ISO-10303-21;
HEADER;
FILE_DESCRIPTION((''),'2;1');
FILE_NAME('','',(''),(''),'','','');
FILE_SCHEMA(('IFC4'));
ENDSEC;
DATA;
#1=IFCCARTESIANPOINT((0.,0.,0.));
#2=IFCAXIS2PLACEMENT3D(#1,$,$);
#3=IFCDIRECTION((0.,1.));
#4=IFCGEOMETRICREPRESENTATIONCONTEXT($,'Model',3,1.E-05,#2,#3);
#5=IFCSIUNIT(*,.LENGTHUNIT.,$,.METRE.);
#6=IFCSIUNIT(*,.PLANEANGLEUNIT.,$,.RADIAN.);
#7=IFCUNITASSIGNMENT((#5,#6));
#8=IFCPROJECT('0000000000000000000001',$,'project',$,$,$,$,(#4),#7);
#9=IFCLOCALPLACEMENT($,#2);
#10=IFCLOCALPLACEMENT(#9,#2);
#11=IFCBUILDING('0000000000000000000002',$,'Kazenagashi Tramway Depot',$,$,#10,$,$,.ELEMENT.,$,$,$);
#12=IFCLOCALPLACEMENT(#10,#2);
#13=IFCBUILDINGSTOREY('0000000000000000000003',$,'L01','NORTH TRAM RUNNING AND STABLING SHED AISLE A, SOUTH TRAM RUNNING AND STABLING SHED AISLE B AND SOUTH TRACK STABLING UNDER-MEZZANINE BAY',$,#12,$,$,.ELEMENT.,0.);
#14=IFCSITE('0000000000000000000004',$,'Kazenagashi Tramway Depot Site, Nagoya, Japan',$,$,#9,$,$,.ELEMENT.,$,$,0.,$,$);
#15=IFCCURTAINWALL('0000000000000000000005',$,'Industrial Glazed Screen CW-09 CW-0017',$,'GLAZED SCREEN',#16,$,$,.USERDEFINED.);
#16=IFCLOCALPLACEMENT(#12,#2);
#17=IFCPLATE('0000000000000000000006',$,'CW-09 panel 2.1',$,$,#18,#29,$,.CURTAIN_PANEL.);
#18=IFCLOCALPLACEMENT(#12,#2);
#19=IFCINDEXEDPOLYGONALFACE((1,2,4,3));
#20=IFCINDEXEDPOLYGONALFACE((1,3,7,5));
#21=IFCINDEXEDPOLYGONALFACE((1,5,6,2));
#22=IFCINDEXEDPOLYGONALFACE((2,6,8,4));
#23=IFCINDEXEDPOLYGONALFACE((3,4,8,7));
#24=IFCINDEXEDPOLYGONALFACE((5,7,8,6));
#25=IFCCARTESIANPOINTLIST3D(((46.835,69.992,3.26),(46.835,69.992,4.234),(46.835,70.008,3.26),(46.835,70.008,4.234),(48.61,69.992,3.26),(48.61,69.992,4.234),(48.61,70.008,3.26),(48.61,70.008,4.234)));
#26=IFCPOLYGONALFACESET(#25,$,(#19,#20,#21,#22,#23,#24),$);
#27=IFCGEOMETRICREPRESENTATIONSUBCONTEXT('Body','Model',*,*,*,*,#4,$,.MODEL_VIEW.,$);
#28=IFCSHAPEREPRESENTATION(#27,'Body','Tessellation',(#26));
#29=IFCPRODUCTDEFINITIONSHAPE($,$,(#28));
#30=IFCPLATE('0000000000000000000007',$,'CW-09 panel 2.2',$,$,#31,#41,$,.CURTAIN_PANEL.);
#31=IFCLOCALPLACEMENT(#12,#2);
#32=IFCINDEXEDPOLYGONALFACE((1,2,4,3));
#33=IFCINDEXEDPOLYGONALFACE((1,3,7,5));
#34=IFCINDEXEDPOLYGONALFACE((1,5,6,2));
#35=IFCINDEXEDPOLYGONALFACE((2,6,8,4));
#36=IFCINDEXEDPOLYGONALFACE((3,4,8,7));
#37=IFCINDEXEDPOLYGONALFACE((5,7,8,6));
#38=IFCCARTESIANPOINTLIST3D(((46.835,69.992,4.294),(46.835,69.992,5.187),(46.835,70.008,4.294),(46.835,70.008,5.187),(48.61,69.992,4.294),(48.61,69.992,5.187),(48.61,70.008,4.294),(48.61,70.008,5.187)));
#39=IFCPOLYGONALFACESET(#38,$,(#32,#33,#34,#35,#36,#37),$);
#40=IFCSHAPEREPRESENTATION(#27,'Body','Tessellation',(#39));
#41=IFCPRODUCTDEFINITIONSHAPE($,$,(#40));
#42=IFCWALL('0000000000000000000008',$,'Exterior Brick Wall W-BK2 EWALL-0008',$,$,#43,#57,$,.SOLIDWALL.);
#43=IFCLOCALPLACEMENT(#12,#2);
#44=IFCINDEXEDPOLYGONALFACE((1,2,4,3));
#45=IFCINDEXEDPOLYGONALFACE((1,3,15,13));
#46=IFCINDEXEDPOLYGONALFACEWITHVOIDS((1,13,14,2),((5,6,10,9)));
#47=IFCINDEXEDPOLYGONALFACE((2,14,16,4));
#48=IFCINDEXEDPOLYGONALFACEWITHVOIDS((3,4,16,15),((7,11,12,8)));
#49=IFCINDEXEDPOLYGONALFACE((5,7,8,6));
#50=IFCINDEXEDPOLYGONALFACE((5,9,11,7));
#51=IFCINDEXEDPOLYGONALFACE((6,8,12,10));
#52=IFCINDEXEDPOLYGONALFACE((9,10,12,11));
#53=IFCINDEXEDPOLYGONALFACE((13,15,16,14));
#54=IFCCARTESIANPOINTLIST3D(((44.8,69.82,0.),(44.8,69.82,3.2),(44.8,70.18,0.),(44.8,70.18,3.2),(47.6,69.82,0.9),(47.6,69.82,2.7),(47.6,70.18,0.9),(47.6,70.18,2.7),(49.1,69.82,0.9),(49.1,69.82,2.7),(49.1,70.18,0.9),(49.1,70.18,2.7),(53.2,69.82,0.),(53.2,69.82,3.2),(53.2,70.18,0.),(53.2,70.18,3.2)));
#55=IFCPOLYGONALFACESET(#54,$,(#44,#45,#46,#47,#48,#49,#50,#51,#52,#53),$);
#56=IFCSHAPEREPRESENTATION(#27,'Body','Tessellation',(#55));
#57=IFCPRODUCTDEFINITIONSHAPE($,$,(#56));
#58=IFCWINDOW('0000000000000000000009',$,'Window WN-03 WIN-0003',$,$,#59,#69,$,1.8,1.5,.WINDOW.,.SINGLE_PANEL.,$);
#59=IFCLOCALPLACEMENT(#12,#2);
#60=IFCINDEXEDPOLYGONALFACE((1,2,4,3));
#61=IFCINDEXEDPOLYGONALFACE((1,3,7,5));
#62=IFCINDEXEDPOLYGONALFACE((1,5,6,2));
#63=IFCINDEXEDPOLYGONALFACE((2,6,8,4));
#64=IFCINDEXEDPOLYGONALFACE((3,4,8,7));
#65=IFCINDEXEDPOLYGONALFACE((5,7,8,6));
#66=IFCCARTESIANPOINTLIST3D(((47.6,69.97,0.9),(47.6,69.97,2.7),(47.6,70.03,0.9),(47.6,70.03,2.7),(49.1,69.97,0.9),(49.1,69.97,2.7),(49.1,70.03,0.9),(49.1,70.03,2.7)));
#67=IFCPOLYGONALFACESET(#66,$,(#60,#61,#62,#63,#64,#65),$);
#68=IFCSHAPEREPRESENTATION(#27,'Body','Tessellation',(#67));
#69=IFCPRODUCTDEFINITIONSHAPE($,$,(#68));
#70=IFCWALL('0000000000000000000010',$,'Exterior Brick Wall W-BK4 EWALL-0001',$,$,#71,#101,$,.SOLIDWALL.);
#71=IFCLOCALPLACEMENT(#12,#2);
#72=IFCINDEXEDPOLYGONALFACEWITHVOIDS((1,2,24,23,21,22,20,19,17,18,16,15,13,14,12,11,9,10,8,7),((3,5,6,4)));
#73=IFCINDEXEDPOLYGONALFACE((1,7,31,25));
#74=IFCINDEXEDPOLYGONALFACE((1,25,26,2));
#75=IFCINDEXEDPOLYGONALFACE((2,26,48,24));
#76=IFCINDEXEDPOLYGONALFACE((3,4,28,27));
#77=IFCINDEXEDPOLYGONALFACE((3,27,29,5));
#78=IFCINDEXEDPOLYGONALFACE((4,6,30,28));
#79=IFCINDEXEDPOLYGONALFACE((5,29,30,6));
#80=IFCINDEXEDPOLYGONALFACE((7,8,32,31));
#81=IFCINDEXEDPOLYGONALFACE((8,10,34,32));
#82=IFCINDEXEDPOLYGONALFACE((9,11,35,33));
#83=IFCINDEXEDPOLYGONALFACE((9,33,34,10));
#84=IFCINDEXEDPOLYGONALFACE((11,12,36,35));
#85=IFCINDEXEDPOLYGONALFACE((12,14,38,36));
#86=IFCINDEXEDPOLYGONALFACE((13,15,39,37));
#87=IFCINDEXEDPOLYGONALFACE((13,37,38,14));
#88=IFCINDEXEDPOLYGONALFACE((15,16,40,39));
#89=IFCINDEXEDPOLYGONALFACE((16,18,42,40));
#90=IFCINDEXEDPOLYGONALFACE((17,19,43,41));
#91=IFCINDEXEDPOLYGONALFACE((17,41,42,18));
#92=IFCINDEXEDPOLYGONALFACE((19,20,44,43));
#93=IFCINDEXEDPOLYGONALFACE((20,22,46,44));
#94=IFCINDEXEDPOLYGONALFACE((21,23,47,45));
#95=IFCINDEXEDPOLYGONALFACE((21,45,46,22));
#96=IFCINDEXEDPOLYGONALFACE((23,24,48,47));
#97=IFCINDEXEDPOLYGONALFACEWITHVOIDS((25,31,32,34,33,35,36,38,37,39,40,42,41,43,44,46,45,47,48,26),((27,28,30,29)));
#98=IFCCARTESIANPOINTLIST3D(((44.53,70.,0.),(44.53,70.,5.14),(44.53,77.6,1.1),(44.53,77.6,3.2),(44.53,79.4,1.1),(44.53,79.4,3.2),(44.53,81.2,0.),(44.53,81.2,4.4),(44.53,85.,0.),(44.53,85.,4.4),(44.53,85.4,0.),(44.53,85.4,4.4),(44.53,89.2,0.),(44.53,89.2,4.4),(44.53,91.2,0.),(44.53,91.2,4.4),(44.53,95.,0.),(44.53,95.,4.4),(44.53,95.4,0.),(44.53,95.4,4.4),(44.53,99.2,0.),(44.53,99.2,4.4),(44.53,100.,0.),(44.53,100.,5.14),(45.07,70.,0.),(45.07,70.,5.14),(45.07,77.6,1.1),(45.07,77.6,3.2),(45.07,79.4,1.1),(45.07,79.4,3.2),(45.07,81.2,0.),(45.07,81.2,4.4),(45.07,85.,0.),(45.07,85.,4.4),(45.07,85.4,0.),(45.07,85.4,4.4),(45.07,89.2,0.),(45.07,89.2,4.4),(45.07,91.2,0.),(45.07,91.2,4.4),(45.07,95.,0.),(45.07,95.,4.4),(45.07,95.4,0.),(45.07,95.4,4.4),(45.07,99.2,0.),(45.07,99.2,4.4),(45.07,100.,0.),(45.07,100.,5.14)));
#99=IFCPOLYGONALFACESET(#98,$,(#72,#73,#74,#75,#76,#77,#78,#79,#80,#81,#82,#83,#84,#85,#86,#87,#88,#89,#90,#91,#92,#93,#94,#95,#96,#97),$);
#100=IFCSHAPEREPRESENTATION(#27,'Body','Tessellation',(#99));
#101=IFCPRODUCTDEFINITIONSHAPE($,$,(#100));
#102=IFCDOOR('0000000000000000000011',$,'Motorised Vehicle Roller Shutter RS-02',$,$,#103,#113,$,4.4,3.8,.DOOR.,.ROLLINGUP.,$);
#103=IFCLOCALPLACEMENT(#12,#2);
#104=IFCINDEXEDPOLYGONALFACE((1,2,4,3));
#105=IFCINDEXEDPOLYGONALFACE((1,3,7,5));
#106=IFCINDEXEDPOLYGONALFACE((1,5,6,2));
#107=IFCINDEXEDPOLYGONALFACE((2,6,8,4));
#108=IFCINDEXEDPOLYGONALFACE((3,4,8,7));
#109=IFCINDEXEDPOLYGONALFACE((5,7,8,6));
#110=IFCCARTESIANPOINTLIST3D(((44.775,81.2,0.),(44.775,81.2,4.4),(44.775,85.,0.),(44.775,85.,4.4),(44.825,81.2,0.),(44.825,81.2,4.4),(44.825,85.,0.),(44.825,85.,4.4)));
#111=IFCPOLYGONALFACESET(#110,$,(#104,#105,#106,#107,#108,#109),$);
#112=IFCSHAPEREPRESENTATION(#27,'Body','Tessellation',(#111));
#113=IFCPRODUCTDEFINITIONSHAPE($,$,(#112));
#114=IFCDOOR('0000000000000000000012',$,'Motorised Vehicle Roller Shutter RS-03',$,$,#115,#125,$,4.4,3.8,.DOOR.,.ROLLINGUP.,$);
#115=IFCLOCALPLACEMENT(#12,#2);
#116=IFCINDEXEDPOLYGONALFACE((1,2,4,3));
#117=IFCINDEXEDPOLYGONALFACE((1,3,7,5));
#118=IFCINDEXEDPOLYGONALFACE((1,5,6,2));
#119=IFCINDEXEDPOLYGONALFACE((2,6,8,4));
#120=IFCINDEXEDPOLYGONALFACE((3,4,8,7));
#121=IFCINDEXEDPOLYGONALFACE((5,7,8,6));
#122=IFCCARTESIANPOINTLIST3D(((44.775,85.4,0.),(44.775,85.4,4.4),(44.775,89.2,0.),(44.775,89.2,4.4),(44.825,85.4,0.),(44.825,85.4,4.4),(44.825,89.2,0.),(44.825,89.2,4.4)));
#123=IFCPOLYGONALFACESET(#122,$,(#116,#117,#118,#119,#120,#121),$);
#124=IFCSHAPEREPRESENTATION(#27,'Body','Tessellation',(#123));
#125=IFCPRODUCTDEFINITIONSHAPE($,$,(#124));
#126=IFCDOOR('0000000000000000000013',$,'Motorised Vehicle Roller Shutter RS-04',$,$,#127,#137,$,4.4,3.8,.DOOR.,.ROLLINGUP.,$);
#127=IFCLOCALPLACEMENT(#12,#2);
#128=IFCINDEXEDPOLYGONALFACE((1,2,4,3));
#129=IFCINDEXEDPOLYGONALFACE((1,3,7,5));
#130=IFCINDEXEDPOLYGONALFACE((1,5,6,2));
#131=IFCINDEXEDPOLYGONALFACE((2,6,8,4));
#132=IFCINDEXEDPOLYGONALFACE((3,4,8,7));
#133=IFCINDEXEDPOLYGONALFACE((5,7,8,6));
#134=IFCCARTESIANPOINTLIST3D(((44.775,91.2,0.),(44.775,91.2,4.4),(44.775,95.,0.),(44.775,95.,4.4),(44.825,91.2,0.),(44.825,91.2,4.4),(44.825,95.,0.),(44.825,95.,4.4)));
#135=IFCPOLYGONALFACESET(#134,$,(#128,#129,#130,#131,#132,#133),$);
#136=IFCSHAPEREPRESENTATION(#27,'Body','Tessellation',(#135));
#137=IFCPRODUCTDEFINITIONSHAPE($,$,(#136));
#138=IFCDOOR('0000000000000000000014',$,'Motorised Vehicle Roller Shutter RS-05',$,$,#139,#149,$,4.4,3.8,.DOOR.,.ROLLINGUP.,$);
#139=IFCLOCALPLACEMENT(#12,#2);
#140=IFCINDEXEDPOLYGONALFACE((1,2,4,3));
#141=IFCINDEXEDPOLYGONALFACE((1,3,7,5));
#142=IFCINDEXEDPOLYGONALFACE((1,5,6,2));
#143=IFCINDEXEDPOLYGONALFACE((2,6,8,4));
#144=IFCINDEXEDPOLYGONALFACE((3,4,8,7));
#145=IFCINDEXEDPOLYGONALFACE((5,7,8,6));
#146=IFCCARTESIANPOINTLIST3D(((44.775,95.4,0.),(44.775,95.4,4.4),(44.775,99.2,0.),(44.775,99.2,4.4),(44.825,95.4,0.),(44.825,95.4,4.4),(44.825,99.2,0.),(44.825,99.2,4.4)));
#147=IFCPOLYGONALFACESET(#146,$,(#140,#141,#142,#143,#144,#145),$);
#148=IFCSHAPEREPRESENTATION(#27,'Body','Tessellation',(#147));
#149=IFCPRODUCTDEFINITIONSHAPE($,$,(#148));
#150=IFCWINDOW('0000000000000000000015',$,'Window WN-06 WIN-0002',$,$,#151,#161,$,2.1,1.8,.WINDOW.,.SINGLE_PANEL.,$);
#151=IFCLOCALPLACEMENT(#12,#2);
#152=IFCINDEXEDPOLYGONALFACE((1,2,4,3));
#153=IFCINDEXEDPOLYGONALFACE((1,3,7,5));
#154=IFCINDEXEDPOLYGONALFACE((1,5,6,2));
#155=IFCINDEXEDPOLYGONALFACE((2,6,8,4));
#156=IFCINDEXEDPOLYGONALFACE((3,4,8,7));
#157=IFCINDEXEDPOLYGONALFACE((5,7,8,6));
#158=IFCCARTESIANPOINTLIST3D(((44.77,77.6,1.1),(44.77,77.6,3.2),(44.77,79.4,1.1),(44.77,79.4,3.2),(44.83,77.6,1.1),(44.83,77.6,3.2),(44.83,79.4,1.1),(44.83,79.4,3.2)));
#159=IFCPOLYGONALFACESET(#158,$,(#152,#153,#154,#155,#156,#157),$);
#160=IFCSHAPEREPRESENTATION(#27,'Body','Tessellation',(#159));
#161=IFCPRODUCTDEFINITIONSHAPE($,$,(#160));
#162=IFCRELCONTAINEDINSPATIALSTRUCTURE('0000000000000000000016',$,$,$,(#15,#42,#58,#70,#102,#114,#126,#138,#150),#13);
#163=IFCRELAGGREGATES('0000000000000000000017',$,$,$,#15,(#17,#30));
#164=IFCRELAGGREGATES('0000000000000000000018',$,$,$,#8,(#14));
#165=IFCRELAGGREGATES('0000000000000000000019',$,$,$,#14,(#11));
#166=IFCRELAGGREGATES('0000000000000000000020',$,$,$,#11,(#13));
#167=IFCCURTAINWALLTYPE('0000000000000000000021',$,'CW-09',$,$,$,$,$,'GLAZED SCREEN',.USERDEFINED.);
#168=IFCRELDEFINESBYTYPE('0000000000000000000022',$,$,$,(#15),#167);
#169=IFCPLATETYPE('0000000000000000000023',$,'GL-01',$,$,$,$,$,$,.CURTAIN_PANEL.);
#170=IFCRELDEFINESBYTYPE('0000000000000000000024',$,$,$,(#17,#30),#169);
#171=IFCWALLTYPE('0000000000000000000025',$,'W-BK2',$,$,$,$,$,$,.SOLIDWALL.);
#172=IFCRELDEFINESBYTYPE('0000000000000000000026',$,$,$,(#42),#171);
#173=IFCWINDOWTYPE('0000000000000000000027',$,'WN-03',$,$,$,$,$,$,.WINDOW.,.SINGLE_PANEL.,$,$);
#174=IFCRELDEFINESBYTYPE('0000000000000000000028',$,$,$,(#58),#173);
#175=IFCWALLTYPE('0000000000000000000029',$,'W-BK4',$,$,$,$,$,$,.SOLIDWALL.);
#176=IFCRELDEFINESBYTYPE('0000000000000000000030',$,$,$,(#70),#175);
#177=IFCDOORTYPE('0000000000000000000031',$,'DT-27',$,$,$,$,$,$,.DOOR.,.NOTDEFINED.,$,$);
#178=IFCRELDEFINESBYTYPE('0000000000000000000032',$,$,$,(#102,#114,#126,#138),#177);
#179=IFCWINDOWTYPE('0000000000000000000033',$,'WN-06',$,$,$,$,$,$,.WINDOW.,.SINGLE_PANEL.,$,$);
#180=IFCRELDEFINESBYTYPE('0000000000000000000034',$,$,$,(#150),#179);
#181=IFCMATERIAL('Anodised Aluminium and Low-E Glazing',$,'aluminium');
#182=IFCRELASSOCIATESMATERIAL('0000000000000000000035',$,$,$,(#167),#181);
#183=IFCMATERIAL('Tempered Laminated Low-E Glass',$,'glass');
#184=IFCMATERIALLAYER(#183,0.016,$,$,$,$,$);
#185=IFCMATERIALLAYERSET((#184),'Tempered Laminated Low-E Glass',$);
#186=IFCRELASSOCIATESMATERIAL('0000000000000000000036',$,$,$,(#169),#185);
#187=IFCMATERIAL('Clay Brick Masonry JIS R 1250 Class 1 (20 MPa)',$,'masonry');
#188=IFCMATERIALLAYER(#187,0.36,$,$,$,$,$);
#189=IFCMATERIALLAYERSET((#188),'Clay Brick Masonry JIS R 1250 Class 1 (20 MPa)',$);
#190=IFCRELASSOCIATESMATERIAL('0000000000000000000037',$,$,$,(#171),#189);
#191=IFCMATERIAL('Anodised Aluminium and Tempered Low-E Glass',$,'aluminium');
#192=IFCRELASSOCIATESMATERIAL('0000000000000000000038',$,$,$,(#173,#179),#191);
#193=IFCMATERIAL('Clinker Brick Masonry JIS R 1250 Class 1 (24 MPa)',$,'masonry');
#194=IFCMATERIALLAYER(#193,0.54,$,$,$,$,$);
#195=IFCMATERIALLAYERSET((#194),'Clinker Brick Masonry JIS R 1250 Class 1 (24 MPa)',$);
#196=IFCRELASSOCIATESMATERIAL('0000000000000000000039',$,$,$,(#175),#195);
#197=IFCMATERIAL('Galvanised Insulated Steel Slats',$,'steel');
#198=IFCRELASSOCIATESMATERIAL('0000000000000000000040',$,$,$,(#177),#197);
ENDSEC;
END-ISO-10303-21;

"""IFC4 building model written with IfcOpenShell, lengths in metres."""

from ifc_helpers import new_model, si_unit, direction, frame, frame_2d, origin, origin_2d, place, context, subcontext, project, spatial, rectangle, extrude, material, layer, layer_set, type_object, element, fill, aggregate, save


model = new_model("IFC4")

# Units and contexts
model_context = context("Model", 3, precision=1e-05, world=origin(), true_north=direction((0.0, 1.0)))
body_context = subcontext(model_context, "Body", "Model", "MODEL_VIEW")
ifc_project = project(units=[si_unit("LENGTHUNIT", "METRE"), si_unit("PLANEANGLEUNIT", "RADIAN")], contexts=[model_context])

# Site, building, storey
site_placement = place(None, origin())
site = spatial("IfcSite", under=ifc_project, at=site_placement, Name="Kazenagashi Tramway Depot Site, Nagoya, Japan", CompositionType="ELEMENT", RefElevation=0.0)
building_placement = place(site_placement, origin())
building = spatial("IfcBuilding", under=site, at=building_placement, Name="Kazenagashi Tramway Depot", CompositionType="ELEMENT")
storey_placement = place(building_placement, origin())
storey = spatial("IfcBuildingStorey", under=building, at=storey_placement, Name="L01", Description="NORTH TRAM RUNNING AND STABLING SHED AISLE A, SOUTH TRAM RUNNING AND STABLING SHED AISLE B AND SOUTH TRACK STABLING UNDER-MEZZANINE BAY", CompositionType="ELEMENT", Elevation=0.0)

# Curtain wall, plates
ifc_material_1 = material(Name="Anodised Aluminium and Low-E Glazing", Category="aluminium")
curtain_wall_type = type_object("IfcCurtainWallType", Name="CW-09", ElementType="GLAZED SCREEN", PredefinedType="USERDEFINED", material=ifc_material_1)
curtain_wall_placement = place(storey_placement, origin())
curtain_wall = element("IfcCurtainWall", 1, at=curtain_wall_placement, inside=storey, type_object=curtain_wall_type, Name="Industrial Glazed Screen CW-09 CW-0017", ObjectType="GLAZED SCREEN", PredefinedType="USERDEFINED")
ifc_material_2 = material(Name="Tempered Laminated Low-E Glass", Category="glass")
ifc_layer_1 = layer(ifc_material_2, 0.016)
ifc_layer_set_1 = layer_set([ifc_layer_1], Name="Tempered Laminated Low-E Glass")
plate_type = type_object("IfcPlateType", Name="GL-01", PredefinedType="CURTAIN_PANEL", material=ifc_layer_set_1)
plate_1_placement = place(storey_placement, frame((47.7225, 70.0, 3.26), z_axis=(0.0, 0.0, 1.0), x_axis=(1.0, 0.0, 0.0)))
plate_1 = element("IfcPlate", 2, at=plate_1_placement, type_object=plate_type, Name="CW-09 panel 2.1", PredefinedType="CURTAIN_PANEL", context=body_context, shape_type="SweptSolid", body=[
    extrude(rectangle(XDim=1.775, YDim=0.016, at=origin_2d()), origin(), (0.0, 0.0, 1.0), 0.974),
])
plate_2_placement = place(storey_placement, frame((47.7225, 70.0, 4.294), z_axis=(0.0, 0.0, 1.0), x_axis=(1.0, 0.0, 0.0)))
plate_2 = element("IfcPlate", 3, at=plate_2_placement, type_object=plate_type, Name="CW-09 panel 2.2", PredefinedType="CURTAIN_PANEL", context=body_context, shape_type="SweptSolid", body=[
    extrude(rectangle(XDim=1.775, YDim=0.016, at=origin_2d()), origin(), (0.0, 0.0, 1.0), 0.893),
])
aggregate(curtain_wall, [plate_1, plate_2])

# Wall, opening, window
ifc_material_3 = material(Name="Clay Brick Masonry JIS R 1250 Class 1 (20 MPa)", Category="masonry")
ifc_layer_2 = layer(ifc_material_3, 0.36)
ifc_layer_set_2 = layer_set([ifc_layer_2], Name="Clay Brick Masonry JIS R 1250 Class 1 (20 MPa)")
wall_type_1 = type_object("IfcWallType", Name="W-BK2", PredefinedType="SOLIDWALL", material=ifc_layer_set_2)
wall_1_placement = place(storey_placement, frame((44.8, 70.0, 0.0), z_axis=(0.0, 0.0, 1.0), x_axis=(1.0, 0.0, 0.0)))
wall_1 = element("IfcWall", 4, at=wall_1_placement, inside=storey, type_object=wall_type_1, Name="Exterior Brick Wall W-BK2 EWALL-0008", PredefinedType="SOLIDWALL", context=body_context, shape_type="SweptSolid", body=[
    extrude(rectangle(XDim=8.4, YDim=0.36, at=frame_2d((4.2, 0.0))), origin(), (0.0, 0.0, 1.0), 3.2),
])
opening_1_placement = place(wall_1_placement, frame((2.8, 0.0, 0.9)))
opening_1 = element("IfcOpeningElement", 5, at=opening_1_placement, cuts=wall_1, PredefinedType="OPENING", context=body_context, shape_type="SweptSolid", body=[
    extrude(rectangle(XDim=1.5, YDim=1.8, at=frame_2d((0.75, 0.9))), frame((0.0, 0.19, 0.0), z_axis=(0.0, -1.0, 0.0), x_axis=(1.0, 0.0, 0.0)), (0.0, 0.0, 1.0), 0.38),
])
ifc_material_4 = material(Name="Anodised Aluminium and Tempered Low-E Glass", Category="aluminium")
window_type_1 = type_object("IfcWindowType", Name="WN-03", PartitioningType="SINGLE_PANEL", PredefinedType="WINDOW", material=ifc_material_4)
window_1_placement = place(opening_1_placement, origin())
window_1 = element("IfcWindow", 6, at=window_1_placement, inside=storey, type_object=window_type_1, Name="Window WN-03 WIN-0003", OverallHeight=1.8, OverallWidth=1.5, PartitioningType="SINGLE_PANEL", PredefinedType="WINDOW", context=body_context, shape_type="SweptSolid", body=[
    extrude(rectangle(XDim=1.5, YDim=1.8, at=frame_2d((0.75, 0.9))), frame((0.0, 0.03, 0.0), z_axis=(0.0, -1.0, 0.0), x_axis=(1.0, 0.0, 0.0)), (0.0, 0.0, 1.0), 0.06),
])
fill(opening_1, window_1)

# Wall, openings, doors, window
ifc_material_5 = material(Name="Clinker Brick Masonry JIS R 1250 Class 1 (24 MPa)", Category="masonry")
ifc_layer_3 = layer(ifc_material_5, 0.54)
ifc_layer_set_3 = layer_set([ifc_layer_3], Name="Clinker Brick Masonry JIS R 1250 Class 1 (24 MPa)")
wall_type_2 = type_object("IfcWallType", Name="W-BK4", PredefinedType="SOLIDWALL", material=ifc_layer_set_3)
wall_2_placement = place(storey_placement, frame((44.8, 70.0, 0.0), z_axis=(0.0, 0.0, 1.0), x_axis=(0.0, 1.0, 0.0)))
wall_2 = element("IfcWall", 7, at=wall_2_placement, inside=storey, type_object=wall_type_2, Name="Exterior Brick Wall W-BK4 EWALL-0001", PredefinedType="SOLIDWALL", context=body_context, shape_type="SweptSolid", body=[
    extrude(rectangle(XDim=30.0, YDim=0.54, at=frame_2d((15.0, 0.0))), origin(), (0.0, 0.0, 1.0), 5.14),
])
opening_2_placement = place(wall_2_placement, frame((7.6, 0.0, 1.1)))
opening_2 = element("IfcOpeningElement", 8, at=opening_2_placement, cuts=wall_2, PredefinedType="OPENING", context=body_context, shape_type="SweptSolid", body=[
    extrude(rectangle(XDim=1.8, YDim=2.1, at=frame_2d((0.9, 1.05))), frame((0.0, 0.28, 0.0), z_axis=(0.0, -1.0, 0.0), x_axis=(1.0, 0.0, 0.0)), (0.0, 0.0, 1.0), 0.56),
])
opening_3_placement = place(wall_2_placement, frame((11.2, 0.0, 0.0)))
opening_3 = element("IfcOpeningElement", 9, at=opening_3_placement, cuts=wall_2, PredefinedType="OPENING", context=body_context, shape_type="SweptSolid", body=[
    extrude(rectangle(XDim=3.8, YDim=4.4, at=frame_2d((1.9, 2.2))), frame((0.0, 0.28, 0.0), z_axis=(0.0, -1.0, 0.0), x_axis=(1.0, 0.0, 0.0)), (0.0, 0.0, 1.0), 0.56),
])
opening_4_placement = place(wall_2_placement, frame((15.4, 0.0, 0.0)))
opening_4 = element("IfcOpeningElement", 10, at=opening_4_placement, cuts=wall_2, PredefinedType="OPENING", context=body_context, shape_type="SweptSolid", body=[
    extrude(rectangle(XDim=3.8, YDim=4.4, at=frame_2d((1.9, 2.2))), frame((0.0, 0.28, 0.0), z_axis=(0.0, -1.0, 0.0), x_axis=(1.0, 0.0, 0.0)), (0.0, 0.0, 1.0), 0.56),
])
opening_5_placement = place(wall_2_placement, frame((21.2, 0.0, 0.0)))
opening_5 = element("IfcOpeningElement", 11, at=opening_5_placement, cuts=wall_2, PredefinedType="OPENING", context=body_context, shape_type="SweptSolid", body=[
    extrude(rectangle(XDim=3.8, YDim=4.4, at=frame_2d((1.9, 2.2))), frame((0.0, 0.28, 0.0), z_axis=(0.0, -1.0, 0.0), x_axis=(1.0, 0.0, 0.0)), (0.0, 0.0, 1.0), 0.56),
])
opening_6_placement = place(wall_2_placement, frame((25.4, 0.0, 0.0)))
opening_6 = element("IfcOpeningElement", 12, at=opening_6_placement, cuts=wall_2, PredefinedType="OPENING", context=body_context, shape_type="SweptSolid", body=[
    extrude(rectangle(XDim=3.8, YDim=4.4, at=frame_2d((1.9, 2.2))), frame((0.0, 0.28, 0.0), z_axis=(0.0, -1.0, 0.0), x_axis=(1.0, 0.0, 0.0)), (0.0, 0.0, 1.0), 0.56),
])
ifc_material_6 = material(Name="Galvanised Insulated Steel Slats", Category="steel")
door_type = type_object("IfcDoorType", Name="DT-27", OperationType="NOTDEFINED", PredefinedType="DOOR", material=ifc_material_6)
door_1_placement = place(opening_3_placement, origin())
door_1 = element("IfcDoor", 13, at=door_1_placement, inside=storey, type_object=door_type, Name="Motorised Vehicle Roller Shutter RS-02", OperationType="ROLLINGUP", OverallHeight=4.4, OverallWidth=3.8, PredefinedType="DOOR", context=body_context, shape_type="SweptSolid", body=[
    extrude(rectangle(XDim=3.8, YDim=4.4, at=frame_2d((1.9, 2.2))), frame((0.0, 0.025, 0.0), z_axis=(0.0, -1.0, 0.0), x_axis=(1.0, 0.0, 0.0)), (0.0, 0.0, 1.0), 0.05),
])
fill(opening_3, door_1)
door_2_placement = place(opening_4_placement, origin())
door_2 = element("IfcDoor", 14, at=door_2_placement, inside=storey, type_object=door_type, Name="Motorised Vehicle Roller Shutter RS-03", OperationType="ROLLINGUP", OverallHeight=4.4, OverallWidth=3.8, PredefinedType="DOOR", context=body_context, shape_type="SweptSolid", body=[
    extrude(rectangle(XDim=3.8, YDim=4.4, at=frame_2d((1.9, 2.2))), frame((0.0, 0.025, 0.0), z_axis=(0.0, -1.0, 0.0), x_axis=(1.0, 0.0, 0.0)), (0.0, 0.0, 1.0), 0.05),
])
fill(opening_4, door_2)
door_3_placement = place(opening_5_placement, origin())
door_3 = element("IfcDoor", 15, at=door_3_placement, inside=storey, type_object=door_type, Name="Motorised Vehicle Roller Shutter RS-04", OperationType="ROLLINGUP", OverallHeight=4.4, OverallWidth=3.8, PredefinedType="DOOR", context=body_context, shape_type="SweptSolid", body=[
    extrude(rectangle(XDim=3.8, YDim=4.4, at=frame_2d((1.9, 2.2))), frame((0.0, 0.025, 0.0), z_axis=(0.0, -1.0, 0.0), x_axis=(1.0, 0.0, 0.0)), (0.0, 0.0, 1.0), 0.05),
])
fill(opening_5, door_3)
door_4_placement = place(opening_6_placement, origin())
door_4 = element("IfcDoor", 16, at=door_4_placement, inside=storey, type_object=door_type, Name="Motorised Vehicle Roller Shutter RS-05", OperationType="ROLLINGUP", OverallHeight=4.4, OverallWidth=3.8, PredefinedType="DOOR", context=body_context, shape_type="SweptSolid", body=[
    extrude(rectangle(XDim=3.8, YDim=4.4, at=frame_2d((1.9, 2.2))), frame((0.0, 0.025, 0.0), z_axis=(0.0, -1.0, 0.0), x_axis=(1.0, 0.0, 0.0)), (0.0, 0.0, 1.0), 0.05),
])
fill(opening_6, door_4)
window_type_2 = type_object("IfcWindowType", Name="WN-06", PartitioningType="SINGLE_PANEL", PredefinedType="WINDOW", material=ifc_material_4)
window_2_placement = place(opening_2_placement, origin())
window_2 = element("IfcWindow", 17, at=window_2_placement, inside=storey, type_object=window_type_2, Name="Window WN-06 WIN-0002", OverallHeight=2.1, OverallWidth=1.8, PartitioningType="SINGLE_PANEL", PredefinedType="WINDOW", context=body_context, shape_type="SweptSolid", body=[
    extrude(rectangle(XDim=1.8, YDim=2.1, at=frame_2d((0.9, 1.05))), frame((0.0, 0.03, 0.0), z_axis=(0.0, -1.0, 0.0), x_axis=(1.0, 0.0, 0.0)), (0.0, 0.0, 1.0), 0.06),
])
fill(opening_2, window_2)

save(model, "model.ifc")
